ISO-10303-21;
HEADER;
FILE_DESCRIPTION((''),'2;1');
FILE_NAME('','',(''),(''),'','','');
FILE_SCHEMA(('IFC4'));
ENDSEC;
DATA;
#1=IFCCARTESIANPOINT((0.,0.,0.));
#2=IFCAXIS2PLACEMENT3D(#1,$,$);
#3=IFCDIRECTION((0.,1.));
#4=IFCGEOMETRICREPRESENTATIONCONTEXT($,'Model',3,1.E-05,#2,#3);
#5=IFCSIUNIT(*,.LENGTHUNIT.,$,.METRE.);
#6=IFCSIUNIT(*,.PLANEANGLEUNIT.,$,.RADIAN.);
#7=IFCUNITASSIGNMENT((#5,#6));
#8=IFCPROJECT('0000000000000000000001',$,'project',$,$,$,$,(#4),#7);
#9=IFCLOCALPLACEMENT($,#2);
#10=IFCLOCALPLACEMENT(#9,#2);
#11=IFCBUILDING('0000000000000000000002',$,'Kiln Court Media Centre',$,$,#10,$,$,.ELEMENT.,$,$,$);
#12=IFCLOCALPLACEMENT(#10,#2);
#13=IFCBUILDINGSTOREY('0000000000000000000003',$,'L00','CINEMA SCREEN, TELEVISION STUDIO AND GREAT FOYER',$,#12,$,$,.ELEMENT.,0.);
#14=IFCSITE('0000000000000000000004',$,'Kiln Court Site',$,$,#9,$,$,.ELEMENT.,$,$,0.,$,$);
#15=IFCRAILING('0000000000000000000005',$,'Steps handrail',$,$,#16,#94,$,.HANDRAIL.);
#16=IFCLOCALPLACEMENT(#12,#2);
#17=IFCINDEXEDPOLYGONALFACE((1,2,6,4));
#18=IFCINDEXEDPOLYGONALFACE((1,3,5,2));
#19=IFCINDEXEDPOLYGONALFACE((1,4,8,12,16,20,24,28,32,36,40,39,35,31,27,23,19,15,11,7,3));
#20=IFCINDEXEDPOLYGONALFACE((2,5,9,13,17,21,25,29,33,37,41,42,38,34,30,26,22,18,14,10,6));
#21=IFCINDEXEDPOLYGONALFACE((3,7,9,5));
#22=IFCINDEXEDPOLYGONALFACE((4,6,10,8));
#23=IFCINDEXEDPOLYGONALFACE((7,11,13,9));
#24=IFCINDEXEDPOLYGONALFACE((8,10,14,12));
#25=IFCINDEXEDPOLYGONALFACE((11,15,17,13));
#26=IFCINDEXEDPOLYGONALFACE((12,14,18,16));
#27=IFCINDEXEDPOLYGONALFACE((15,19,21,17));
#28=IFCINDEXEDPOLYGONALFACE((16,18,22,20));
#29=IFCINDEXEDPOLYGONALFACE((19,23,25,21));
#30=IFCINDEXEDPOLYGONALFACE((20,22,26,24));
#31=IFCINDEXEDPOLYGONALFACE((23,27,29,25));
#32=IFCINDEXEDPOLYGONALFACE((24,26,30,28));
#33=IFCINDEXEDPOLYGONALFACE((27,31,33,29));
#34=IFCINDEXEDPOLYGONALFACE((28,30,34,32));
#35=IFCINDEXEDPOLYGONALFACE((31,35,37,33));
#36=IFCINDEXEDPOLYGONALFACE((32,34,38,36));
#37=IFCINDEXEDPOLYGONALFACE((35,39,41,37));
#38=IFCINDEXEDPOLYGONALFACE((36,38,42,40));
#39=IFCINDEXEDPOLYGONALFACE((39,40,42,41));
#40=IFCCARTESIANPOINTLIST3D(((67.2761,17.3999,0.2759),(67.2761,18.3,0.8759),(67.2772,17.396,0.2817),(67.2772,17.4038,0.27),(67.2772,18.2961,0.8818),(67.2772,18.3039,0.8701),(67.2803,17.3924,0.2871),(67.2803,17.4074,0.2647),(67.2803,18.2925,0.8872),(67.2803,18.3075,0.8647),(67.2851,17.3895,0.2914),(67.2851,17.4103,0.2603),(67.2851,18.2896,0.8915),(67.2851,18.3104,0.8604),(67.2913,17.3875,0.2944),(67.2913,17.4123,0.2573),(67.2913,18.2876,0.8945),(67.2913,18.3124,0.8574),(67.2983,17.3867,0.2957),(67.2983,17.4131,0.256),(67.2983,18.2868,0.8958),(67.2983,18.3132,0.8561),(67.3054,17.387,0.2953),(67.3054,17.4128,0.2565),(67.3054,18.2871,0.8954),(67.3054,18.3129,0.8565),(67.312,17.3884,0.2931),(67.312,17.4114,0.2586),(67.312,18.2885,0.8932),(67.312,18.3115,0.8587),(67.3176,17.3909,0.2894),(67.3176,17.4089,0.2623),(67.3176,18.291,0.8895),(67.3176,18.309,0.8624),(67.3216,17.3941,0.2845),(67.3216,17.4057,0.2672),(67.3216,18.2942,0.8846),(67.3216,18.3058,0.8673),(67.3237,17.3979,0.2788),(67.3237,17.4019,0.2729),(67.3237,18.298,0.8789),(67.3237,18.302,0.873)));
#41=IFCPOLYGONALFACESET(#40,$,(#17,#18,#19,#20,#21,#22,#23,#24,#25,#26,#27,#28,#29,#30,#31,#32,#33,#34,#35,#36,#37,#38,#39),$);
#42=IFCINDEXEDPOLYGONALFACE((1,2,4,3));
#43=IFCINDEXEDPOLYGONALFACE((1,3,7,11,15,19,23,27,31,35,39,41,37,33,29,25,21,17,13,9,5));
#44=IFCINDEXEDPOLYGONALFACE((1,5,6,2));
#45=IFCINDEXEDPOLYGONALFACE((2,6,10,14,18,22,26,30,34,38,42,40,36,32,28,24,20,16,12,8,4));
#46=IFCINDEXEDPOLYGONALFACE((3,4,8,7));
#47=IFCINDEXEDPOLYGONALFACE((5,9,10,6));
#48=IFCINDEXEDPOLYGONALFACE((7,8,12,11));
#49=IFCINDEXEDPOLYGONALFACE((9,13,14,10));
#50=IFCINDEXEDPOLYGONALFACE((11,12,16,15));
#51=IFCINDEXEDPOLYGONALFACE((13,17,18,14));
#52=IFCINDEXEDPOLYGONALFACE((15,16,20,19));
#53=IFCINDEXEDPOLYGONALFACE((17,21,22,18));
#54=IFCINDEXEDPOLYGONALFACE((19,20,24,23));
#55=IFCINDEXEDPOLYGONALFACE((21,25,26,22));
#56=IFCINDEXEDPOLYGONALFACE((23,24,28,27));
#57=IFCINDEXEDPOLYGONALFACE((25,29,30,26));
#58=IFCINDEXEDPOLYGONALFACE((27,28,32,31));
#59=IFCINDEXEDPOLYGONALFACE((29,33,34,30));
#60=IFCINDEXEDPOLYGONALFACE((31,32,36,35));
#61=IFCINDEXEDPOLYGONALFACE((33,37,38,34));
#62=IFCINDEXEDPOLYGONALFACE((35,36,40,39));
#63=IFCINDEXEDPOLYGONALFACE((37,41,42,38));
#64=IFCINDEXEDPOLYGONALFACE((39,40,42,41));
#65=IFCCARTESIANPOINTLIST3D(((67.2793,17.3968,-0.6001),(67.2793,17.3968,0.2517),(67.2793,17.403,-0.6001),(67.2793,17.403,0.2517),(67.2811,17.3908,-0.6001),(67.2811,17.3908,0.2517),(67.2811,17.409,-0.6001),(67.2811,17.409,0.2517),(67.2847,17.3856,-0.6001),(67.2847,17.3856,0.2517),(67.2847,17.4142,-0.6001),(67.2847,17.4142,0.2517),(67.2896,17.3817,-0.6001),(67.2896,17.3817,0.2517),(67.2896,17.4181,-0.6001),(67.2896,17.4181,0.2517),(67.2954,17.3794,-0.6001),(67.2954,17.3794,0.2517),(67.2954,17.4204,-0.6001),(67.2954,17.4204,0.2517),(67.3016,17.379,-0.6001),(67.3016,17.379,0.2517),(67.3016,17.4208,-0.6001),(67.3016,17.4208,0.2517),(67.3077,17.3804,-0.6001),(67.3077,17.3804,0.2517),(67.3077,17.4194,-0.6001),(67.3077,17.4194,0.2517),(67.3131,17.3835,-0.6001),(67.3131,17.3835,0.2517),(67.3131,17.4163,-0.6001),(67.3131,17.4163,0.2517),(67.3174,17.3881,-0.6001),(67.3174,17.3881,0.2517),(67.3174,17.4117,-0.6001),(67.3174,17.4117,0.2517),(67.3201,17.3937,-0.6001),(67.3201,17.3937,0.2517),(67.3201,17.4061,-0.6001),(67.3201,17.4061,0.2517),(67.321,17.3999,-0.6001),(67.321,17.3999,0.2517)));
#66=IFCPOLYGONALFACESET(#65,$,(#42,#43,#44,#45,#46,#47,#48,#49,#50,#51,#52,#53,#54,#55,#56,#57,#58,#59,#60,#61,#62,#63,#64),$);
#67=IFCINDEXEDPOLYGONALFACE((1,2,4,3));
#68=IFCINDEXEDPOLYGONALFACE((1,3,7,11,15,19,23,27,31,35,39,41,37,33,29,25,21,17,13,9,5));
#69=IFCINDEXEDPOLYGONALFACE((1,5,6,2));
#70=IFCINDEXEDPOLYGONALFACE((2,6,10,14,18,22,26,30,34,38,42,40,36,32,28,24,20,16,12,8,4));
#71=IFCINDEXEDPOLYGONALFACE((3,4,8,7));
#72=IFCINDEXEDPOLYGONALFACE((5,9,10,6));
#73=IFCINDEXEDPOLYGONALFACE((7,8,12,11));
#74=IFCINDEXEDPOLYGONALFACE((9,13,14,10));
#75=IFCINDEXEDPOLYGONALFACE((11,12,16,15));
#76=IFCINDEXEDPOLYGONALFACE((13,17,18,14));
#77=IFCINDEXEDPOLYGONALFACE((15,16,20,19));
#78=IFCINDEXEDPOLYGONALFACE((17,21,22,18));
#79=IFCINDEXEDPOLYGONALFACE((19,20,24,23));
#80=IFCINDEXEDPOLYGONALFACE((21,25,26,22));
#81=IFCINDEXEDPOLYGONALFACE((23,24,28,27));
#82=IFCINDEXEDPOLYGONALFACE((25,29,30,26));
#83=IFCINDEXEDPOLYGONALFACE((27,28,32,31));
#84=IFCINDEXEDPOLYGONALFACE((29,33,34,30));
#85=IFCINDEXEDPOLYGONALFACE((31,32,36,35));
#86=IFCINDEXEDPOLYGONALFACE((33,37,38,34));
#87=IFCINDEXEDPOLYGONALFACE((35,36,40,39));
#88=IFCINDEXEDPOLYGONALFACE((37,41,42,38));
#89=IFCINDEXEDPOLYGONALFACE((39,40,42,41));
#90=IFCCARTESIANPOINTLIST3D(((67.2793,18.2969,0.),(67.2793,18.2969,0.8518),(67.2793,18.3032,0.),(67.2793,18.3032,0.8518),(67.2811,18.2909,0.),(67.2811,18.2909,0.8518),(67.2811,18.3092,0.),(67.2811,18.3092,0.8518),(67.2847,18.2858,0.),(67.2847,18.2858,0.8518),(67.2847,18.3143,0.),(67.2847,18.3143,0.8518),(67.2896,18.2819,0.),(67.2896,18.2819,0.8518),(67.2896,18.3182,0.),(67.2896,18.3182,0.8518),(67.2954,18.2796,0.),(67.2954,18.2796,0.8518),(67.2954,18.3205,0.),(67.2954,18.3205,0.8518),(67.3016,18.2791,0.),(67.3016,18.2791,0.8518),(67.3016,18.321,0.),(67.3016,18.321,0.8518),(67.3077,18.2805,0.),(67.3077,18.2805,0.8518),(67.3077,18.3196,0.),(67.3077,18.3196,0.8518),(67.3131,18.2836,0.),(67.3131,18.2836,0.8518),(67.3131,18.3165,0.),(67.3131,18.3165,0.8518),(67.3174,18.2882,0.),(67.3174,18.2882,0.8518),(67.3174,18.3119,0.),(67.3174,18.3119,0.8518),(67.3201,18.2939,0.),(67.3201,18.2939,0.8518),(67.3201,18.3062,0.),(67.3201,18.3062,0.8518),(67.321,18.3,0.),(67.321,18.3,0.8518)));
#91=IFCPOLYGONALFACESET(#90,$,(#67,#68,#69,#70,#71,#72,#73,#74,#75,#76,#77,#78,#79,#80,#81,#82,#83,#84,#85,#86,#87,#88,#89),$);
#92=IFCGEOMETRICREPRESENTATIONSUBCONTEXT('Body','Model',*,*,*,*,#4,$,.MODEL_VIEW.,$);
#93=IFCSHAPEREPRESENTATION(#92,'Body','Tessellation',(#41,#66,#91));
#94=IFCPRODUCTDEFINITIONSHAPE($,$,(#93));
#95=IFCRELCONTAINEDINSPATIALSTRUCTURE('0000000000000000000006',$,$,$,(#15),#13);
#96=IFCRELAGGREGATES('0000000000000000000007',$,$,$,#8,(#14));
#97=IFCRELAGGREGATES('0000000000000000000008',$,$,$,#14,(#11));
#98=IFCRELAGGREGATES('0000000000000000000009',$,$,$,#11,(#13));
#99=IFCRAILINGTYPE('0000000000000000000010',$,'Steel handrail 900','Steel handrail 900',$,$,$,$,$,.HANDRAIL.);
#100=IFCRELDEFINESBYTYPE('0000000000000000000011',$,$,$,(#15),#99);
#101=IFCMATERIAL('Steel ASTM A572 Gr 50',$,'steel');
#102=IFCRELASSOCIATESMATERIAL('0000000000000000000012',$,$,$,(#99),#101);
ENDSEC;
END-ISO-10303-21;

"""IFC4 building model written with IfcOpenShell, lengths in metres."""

from ifc_helpers import new_model, si_unit, direction, frame, origin, origin_2d, place, context, subcontext, project, spatial, circle, extrude, material, type_object, element, save


model = new_model("IFC4")

# Units and contexts
model_context = context("Model", 3, precision=1e-05, world=origin(), true_north=direction((0.0, 1.0)))
body_context = subcontext(model_context, "Body", "Model", "MODEL_VIEW")
ifc_project = project(units=[si_unit("LENGTHUNIT", "METRE"), si_unit("PLANEANGLEUNIT", "RADIAN")], contexts=[model_context])

# Site, building, storey
site_placement = place(None, origin())
site = spatial("IfcSite", under=ifc_project, at=site_placement, Name="Kiln Court Site", CompositionType="ELEMENT", RefElevation=0.0)
building_placement = place(site_placement, origin())
building = spatial("IfcBuilding", under=site, at=building_placement, Name="Kiln Court Media Centre", CompositionType="ELEMENT")
storey_placement = place(building_placement, origin())
storey = spatial("IfcBuildingStorey", under=building, at=storey_placement, Name="L00", Description="CINEMA SCREEN, TELEVISION STUDIO AND GREAT FOYER", CompositionType="ELEMENT", Elevation=0.0)

# Railing
ifc_material_1 = material(Name="Steel ASTM A572 Gr 50", Category="steel")
railing_type_1 = type_object("IfcRailingType", Name="Steel handrail 900", Description="Steel handrail 900", PredefinedType="HANDRAIL", material=ifc_material_1)
railing_1_placement = place(storey_placement, frame((67.3, 17.3999, -0.6001)))
element("IfcRailing", 1, at=railing_1_placement, inside=storey, type_object=railing_type_1, Name="Steps handrail", PredefinedType="HANDRAIL", context=body_context, shape_type="SweptSolid", body=[
    extrude(circle(Radius=0.0239, at=origin_2d()), frame((0.0, 0.0, 0.876), z_axis=(0.0, 0.83205, 0.5547), x_axis=(-1.0, 0.0, 0.0)), (0.0, 0.0, 1.0), 1.0818),
    extrude(circle(Radius=0.021, at=origin_2d()), origin(), (0.0, 0.0, 1.0), 0.8518),
    extrude(circle(Radius=0.021, at=origin_2d()), frame((0.0, 0.9001, 0.6001)), (0.0, 0.0, 1.0), 0.8518),
])

save(model, "model.ifc")
